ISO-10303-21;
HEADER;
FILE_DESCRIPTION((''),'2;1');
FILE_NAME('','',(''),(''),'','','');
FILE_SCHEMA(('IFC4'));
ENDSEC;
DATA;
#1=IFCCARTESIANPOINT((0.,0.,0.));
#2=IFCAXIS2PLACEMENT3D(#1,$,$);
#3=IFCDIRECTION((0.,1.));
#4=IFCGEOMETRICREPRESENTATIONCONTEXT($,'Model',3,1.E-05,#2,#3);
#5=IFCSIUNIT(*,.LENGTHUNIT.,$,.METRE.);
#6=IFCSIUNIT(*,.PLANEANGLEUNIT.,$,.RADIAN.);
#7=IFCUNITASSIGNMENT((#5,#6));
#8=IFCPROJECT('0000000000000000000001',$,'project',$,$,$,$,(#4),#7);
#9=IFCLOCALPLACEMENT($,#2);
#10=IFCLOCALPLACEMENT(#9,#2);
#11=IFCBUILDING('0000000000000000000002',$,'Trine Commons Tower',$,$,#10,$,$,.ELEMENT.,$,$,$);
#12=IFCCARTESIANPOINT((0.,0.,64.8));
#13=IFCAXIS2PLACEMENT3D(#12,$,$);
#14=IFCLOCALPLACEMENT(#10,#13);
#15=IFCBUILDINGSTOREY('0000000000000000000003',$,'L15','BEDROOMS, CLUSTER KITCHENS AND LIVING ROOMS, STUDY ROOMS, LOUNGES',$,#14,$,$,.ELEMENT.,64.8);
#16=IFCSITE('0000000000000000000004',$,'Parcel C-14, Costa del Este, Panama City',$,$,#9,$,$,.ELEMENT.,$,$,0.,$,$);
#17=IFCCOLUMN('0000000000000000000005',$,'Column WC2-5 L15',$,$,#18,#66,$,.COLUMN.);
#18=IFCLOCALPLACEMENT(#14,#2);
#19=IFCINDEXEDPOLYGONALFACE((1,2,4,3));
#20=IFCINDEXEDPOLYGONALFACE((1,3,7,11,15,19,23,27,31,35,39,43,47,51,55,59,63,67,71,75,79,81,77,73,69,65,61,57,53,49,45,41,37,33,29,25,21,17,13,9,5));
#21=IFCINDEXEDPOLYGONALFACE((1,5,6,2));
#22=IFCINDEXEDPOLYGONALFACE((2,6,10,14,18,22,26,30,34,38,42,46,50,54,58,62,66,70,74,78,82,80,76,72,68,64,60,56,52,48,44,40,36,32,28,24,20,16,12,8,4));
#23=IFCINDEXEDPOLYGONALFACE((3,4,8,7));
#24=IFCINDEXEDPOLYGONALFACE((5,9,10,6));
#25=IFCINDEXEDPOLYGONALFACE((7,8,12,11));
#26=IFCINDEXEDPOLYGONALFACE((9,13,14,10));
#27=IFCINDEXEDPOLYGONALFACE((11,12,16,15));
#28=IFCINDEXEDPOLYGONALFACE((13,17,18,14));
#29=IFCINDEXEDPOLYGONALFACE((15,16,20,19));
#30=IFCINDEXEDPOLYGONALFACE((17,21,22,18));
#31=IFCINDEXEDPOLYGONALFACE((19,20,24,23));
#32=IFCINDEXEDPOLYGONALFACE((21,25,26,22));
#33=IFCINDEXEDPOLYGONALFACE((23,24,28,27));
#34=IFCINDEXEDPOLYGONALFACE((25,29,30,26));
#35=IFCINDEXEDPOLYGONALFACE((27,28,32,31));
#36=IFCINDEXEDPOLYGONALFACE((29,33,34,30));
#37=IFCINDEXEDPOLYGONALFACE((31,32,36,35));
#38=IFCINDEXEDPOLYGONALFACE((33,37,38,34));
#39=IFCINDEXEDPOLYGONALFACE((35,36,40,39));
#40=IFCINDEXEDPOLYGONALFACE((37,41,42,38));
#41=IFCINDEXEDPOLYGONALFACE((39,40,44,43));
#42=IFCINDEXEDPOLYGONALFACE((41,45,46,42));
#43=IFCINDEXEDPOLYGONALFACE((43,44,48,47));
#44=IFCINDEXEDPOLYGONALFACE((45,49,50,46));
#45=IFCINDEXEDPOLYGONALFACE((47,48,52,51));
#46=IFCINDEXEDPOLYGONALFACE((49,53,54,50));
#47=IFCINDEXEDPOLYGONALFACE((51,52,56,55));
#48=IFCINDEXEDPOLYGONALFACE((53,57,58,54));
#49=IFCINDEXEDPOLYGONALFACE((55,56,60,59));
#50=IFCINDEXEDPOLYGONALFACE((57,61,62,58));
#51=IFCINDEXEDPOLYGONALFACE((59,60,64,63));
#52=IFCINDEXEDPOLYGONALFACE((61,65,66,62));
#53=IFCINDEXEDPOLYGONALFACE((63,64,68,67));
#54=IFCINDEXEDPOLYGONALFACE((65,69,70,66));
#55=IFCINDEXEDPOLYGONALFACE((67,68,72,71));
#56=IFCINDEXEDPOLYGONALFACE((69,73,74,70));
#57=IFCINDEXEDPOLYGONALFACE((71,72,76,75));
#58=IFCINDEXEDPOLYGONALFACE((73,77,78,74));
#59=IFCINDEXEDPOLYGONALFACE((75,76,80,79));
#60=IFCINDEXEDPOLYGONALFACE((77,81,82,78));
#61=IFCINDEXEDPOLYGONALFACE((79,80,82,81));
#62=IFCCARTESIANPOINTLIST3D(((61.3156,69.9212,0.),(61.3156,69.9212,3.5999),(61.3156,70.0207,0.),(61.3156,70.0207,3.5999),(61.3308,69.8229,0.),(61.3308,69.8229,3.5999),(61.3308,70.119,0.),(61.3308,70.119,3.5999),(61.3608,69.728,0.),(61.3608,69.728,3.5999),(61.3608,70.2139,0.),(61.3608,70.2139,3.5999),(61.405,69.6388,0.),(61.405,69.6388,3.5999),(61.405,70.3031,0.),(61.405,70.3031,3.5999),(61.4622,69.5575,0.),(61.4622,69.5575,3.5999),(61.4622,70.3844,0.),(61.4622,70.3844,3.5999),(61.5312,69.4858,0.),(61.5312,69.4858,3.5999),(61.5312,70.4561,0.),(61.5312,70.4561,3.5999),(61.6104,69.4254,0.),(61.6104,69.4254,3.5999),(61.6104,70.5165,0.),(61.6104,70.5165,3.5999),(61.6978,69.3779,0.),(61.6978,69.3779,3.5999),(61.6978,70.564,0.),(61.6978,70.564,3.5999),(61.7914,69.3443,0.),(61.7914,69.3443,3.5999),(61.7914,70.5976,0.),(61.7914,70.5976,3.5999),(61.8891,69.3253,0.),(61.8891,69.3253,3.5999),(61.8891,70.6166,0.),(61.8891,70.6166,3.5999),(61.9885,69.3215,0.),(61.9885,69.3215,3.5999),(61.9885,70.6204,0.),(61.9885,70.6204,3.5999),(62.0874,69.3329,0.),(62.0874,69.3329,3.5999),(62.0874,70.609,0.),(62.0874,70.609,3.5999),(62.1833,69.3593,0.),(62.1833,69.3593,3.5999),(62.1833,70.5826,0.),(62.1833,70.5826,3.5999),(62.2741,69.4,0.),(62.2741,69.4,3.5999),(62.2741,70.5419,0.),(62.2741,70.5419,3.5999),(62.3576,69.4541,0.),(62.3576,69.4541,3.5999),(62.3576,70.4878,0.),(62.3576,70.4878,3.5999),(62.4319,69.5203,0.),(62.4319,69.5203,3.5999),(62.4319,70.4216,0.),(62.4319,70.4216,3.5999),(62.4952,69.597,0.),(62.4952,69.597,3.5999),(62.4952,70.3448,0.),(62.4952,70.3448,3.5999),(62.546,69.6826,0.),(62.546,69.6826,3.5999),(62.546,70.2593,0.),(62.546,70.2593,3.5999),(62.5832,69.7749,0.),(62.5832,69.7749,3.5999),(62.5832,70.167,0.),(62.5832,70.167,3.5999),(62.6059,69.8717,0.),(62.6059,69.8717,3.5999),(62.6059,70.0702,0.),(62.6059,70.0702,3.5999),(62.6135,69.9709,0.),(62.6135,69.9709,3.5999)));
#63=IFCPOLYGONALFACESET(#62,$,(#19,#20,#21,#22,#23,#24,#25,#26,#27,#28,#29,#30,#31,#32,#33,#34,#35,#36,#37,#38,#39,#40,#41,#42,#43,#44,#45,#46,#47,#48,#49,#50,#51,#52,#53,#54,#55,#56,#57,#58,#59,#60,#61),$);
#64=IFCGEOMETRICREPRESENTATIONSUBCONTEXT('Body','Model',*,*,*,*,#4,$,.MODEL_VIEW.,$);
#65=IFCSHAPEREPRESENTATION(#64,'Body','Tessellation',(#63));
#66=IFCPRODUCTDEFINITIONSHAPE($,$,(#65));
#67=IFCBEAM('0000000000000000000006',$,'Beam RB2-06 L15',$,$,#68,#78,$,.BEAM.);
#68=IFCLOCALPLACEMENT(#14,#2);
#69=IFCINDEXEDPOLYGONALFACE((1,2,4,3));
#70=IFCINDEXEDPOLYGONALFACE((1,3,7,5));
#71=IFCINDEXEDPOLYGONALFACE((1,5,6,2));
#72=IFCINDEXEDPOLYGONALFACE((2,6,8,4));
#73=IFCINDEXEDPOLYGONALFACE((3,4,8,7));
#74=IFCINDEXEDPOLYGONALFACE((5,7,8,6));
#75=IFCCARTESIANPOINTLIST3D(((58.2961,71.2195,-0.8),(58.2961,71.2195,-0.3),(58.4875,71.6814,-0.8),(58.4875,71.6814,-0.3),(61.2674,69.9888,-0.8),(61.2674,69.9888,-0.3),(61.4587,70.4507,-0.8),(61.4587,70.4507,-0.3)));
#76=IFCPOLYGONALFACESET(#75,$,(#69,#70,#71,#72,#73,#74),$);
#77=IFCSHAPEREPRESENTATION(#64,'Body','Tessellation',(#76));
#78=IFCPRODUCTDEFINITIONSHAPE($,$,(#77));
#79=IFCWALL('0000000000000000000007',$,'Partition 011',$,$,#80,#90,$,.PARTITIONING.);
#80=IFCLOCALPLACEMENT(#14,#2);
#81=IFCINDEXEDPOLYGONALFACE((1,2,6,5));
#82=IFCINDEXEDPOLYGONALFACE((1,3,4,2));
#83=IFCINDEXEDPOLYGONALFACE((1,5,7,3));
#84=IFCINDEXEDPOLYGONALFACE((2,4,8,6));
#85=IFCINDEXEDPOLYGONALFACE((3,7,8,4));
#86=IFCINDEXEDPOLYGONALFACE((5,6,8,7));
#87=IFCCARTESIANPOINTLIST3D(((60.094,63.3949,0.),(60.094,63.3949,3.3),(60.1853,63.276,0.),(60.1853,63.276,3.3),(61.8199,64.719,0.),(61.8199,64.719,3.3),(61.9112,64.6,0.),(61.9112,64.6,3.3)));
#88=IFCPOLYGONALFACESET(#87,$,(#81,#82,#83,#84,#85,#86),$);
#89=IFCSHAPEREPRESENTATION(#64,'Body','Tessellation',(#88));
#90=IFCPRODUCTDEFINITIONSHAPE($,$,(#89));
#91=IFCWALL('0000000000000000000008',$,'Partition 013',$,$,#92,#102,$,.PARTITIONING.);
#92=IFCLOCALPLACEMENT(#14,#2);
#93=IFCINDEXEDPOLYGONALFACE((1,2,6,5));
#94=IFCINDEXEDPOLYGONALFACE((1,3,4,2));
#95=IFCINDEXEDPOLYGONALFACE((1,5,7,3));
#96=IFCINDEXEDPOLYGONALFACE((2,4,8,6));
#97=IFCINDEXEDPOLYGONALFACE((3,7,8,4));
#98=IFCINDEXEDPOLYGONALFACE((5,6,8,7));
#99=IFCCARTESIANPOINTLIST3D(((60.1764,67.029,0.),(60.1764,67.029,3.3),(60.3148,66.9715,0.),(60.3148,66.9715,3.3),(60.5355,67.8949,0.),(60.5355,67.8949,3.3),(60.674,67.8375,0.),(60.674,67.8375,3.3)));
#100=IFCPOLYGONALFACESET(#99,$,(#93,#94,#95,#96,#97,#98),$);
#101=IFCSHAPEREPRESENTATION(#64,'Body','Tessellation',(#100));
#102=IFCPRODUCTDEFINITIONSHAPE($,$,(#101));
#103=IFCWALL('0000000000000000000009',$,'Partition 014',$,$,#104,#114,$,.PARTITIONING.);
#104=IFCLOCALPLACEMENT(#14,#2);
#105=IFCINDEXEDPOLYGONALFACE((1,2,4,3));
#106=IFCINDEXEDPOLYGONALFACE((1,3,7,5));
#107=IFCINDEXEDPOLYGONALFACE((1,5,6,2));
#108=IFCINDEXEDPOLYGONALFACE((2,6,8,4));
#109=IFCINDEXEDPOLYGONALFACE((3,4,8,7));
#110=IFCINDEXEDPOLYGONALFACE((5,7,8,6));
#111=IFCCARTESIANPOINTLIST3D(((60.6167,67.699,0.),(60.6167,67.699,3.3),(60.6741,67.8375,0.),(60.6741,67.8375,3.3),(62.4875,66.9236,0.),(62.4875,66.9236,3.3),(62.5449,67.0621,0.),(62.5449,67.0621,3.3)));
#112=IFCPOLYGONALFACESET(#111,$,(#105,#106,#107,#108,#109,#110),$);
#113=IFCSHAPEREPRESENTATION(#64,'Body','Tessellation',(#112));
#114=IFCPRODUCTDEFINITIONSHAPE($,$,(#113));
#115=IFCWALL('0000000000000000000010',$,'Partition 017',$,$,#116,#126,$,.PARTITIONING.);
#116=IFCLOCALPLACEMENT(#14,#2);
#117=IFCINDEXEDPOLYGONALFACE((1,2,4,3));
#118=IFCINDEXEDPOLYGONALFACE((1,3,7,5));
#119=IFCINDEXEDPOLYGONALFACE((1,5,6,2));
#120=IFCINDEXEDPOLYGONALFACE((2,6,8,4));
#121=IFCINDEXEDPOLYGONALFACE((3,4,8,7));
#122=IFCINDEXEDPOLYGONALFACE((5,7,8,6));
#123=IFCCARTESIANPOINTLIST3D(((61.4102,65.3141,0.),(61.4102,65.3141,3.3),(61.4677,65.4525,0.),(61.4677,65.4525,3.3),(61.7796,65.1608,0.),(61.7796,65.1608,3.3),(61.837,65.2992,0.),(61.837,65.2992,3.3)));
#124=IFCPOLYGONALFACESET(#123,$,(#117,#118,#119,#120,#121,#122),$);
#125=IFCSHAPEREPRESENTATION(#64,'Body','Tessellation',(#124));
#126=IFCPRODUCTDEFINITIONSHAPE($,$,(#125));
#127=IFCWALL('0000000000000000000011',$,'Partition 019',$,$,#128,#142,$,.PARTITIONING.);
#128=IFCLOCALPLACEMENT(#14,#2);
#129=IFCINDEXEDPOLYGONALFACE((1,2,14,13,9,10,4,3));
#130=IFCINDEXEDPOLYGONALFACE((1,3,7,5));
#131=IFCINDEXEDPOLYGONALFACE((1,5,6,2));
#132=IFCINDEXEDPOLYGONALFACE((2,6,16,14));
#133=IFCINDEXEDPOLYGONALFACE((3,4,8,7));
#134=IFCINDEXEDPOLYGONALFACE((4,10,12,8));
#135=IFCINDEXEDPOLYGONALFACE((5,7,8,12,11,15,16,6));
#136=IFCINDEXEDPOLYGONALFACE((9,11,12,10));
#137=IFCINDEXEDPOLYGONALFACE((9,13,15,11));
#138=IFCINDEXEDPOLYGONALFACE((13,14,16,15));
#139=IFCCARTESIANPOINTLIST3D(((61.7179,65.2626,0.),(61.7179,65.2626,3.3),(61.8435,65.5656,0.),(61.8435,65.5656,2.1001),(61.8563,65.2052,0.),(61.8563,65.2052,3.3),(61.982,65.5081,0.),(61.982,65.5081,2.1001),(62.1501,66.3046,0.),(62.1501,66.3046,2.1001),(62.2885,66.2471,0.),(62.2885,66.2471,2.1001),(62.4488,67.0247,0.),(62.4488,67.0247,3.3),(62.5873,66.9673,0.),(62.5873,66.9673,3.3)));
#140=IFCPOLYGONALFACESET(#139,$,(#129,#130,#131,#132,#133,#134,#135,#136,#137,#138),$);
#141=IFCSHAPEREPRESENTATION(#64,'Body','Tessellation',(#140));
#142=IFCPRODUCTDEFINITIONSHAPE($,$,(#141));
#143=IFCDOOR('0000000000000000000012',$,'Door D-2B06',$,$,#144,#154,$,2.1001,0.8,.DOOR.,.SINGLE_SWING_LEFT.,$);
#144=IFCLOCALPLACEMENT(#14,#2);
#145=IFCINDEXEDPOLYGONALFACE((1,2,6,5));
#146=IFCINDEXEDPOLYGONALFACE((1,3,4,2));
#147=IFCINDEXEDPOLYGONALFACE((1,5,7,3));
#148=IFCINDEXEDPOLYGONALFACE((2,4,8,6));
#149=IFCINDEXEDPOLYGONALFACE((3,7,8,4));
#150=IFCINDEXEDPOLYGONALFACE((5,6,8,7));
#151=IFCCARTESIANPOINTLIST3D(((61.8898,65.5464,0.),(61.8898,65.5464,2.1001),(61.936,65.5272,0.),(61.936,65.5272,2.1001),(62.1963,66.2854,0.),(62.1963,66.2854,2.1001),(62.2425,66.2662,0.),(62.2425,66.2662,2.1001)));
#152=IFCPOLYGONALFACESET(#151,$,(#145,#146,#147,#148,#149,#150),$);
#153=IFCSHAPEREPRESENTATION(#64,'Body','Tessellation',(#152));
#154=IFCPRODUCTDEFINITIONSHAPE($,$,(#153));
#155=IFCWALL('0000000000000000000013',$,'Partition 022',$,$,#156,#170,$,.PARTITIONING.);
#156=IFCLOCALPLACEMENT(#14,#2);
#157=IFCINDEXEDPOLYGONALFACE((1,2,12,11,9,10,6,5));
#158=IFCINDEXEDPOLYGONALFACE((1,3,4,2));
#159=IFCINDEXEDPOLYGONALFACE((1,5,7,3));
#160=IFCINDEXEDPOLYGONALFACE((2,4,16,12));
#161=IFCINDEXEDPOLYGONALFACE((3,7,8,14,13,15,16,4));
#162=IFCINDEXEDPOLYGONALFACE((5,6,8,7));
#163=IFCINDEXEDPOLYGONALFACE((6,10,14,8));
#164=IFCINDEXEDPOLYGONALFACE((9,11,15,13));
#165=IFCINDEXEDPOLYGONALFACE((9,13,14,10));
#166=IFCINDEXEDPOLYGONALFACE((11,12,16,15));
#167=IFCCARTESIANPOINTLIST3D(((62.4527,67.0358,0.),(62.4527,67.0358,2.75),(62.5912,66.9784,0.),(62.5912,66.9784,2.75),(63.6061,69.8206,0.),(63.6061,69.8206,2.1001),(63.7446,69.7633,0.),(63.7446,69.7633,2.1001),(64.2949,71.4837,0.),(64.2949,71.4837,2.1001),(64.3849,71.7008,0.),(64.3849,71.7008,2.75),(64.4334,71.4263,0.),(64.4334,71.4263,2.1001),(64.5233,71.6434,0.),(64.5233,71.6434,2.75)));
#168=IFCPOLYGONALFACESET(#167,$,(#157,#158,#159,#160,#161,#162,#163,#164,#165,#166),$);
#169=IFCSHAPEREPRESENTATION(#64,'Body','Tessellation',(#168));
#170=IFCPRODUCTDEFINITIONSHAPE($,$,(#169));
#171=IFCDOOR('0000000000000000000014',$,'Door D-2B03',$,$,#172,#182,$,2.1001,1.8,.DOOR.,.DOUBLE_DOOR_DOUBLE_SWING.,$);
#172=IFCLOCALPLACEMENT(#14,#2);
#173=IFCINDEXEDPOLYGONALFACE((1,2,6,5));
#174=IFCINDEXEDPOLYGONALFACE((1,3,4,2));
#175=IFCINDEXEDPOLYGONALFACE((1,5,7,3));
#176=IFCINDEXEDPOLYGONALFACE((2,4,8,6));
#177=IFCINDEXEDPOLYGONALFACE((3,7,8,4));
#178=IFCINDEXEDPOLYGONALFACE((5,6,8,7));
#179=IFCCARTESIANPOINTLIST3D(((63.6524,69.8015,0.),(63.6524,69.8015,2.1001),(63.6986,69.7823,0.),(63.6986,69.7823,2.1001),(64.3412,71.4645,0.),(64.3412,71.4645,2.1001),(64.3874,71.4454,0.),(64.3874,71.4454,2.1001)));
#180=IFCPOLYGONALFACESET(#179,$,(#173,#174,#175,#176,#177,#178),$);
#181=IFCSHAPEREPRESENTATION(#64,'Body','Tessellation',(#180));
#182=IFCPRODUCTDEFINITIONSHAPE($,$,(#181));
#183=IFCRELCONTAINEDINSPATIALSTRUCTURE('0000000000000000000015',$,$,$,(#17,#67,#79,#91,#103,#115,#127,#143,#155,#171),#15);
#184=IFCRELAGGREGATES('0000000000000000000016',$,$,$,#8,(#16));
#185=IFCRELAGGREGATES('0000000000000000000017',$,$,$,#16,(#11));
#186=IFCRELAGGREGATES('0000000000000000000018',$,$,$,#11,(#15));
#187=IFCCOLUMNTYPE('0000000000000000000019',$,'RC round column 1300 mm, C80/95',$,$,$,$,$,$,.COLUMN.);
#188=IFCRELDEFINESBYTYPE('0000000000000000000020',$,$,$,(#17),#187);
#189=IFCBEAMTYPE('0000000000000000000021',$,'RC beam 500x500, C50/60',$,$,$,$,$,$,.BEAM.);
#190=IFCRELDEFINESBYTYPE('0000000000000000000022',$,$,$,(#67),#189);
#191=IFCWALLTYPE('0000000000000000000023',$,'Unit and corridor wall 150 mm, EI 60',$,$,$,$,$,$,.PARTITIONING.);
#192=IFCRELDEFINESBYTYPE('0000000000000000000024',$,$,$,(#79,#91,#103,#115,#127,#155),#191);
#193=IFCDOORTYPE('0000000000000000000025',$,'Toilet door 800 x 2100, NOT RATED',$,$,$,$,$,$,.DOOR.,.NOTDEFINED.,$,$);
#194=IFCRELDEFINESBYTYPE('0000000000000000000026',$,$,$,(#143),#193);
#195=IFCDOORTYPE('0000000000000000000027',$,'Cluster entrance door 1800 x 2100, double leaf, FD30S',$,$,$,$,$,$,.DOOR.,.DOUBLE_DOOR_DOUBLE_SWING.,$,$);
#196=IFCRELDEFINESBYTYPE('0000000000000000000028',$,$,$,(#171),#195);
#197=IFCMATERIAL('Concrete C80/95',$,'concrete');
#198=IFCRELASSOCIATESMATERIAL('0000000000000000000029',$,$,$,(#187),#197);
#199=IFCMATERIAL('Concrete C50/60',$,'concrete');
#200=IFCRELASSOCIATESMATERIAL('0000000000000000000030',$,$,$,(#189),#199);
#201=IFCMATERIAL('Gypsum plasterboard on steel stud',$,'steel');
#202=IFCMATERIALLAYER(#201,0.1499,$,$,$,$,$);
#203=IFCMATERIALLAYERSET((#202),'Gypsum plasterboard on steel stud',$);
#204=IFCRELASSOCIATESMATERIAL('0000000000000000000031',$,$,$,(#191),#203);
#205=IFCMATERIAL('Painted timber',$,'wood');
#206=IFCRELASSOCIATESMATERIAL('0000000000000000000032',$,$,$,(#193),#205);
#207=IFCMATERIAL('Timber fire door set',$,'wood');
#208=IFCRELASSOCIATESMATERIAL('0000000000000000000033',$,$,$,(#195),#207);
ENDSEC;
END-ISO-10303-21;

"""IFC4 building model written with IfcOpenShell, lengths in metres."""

from ifc_helpers import new_model, si_unit, direction, frame, frame_2d, origin, origin_2d, place, context, subcontext, project, spatial, rectangle, circle, extrude, material, layer, layer_set, material_profile, profile_set, type_object, element, fill, save


model = new_model("IFC4")

# Units and contexts
model_context = context("Model", 3, precision=1e-05, world=origin(), true_north=direction((0.0, 1.0)))
body_context = subcontext(model_context, "Body", "Model", "MODEL_VIEW")
ifc_project = project(units=[si_unit("LENGTHUNIT", "METRE"), si_unit("PLANEANGLEUNIT", "RADIAN")], contexts=[model_context])

# Site, building, storey
site_placement = place(None, origin())
site = spatial("IfcSite", under=ifc_project, at=site_placement, Name="Parcel C-14, Costa del Este, Panama City", CompositionType="ELEMENT", RefElevation=0.0)
building_placement = place(site_placement, origin())
building = spatial("IfcBuilding", under=site, at=building_placement, Name="Trine Commons Tower", CompositionType="ELEMENT")
storey_placement = place(building_placement, frame((0.0, 0.0, 64.8)))
storey = spatial("IfcBuildingStorey", under=building, at=storey_placement, Name="L15", Description="BEDROOMS, CLUSTER KITCHENS AND LIVING ROOMS, STUDY ROOMS, LOUNGES", CompositionType="ELEMENT", Elevation=64.8)

# Column
ifc_material_1 = material(Name="Concrete C80/95", Category="concrete")
ifc_material_profile_1 = material_profile(ifc_material_1, circle(Radius=0.6499, at=origin_2d()), Name="RC round 1300")
ifc_profile_set_1 = profile_set([ifc_material_profile_1], Name="Concrete C80/95")
column_type = type_object("IfcColumnType", Name="RC round column 1300 mm, C80/95", PredefinedType="COLUMN", material=ifc_profile_set_1)
column_placement = place(storey_placement, frame((61.9636, 69.9709, 0.0), z_axis=(0.0, 0.0, 1.0), x_axis=(1.0, 0.0, 0.0)))
element("IfcColumn", 1, at=column_placement, inside=storey, type_object=column_type, Name="Column WC2-5 L15", PredefinedType="COLUMN", context=body_context, shape_type="SweptSolid", body=[
    extrude(circle(Radius=0.6499, at=origin_2d()), origin(), (0.0, 0.0, 1.0), 3.5999),
])

# Beam
ifc_material_2 = material(Name="Concrete C50/60", Category="concrete")
ifc_material_profile_2 = material_profile(ifc_material_2, rectangle(XDim=0.5, YDim=0.5, at=origin_2d()), Name="RC 500x500")
ifc_profile_set_2 = profile_set([ifc_material_profile_2], Name="Concrete C50/60")
beam_type = type_object("IfcBeamType", Name="RC beam 500x500, C50/60", PredefinedType="BEAM", material=ifc_profile_set_2)
beam_placement = place(storey_placement, frame((61.363, 70.2197, -0.55), z_axis=(-0.923879, 0.382685, 0.0), x_axis=(-0.382685, -0.923879, 0.0)))
element("IfcBeam", 2, at=beam_placement, inside=storey, type_object=beam_type, Name="Beam RB2-06 L15", PredefinedType="BEAM", context=body_context, shape_type="SweptSolid", body=[
    extrude(rectangle(XDim=0.5, YDim=0.5, at=origin_2d()), origin(), (0.0, 0.0, 1.0), 3.2161),
])

# Walls
ifc_material_3 = material(Name="Gypsum plasterboard on steel stud", Category="steel")
ifc_layer_1 = layer(ifc_material_3, 0.1499)
ifc_layer_set_1 = layer_set([ifc_layer_1], Name="Gypsum plasterboard on steel stud")
wall_type_1 = type_object("IfcWallType", Name="Unit and corridor wall 150 mm, EI 60", PredefinedType="PARTITIONING", material=ifc_layer_set_1)
wall_1_placement = place(storey_placement, frame((60.1396, 63.3354, 0.0), z_axis=(0.0, 0.0, 1.0), x_axis=(0.79342, 0.608674, 0.0)))
element("IfcWall", 3, at=wall_1_placement, inside=storey, type_object=wall_type_1, Name="Partition 011", PredefinedType="PARTITIONING", context=body_context, shape_type="SweptSolid", body=[
    extrude(rectangle(XDim=2.1753, YDim=0.1499, at=frame_2d((1.0876, 0.0))), origin(), (0.0, 0.0, 1.0), 3.3),
])
wall_2_placement = place(storey_placement, frame((60.2456, 67.0002, 0.0), z_axis=(0.0, 0.0, 1.0), x_axis=(0.38308, 0.923715, 0.0)))
element("IfcWall", 4, at=wall_2_placement, inside=storey, type_object=wall_type_1, Name="Partition 013", PredefinedType="PARTITIONING", context=body_context, shape_type="SweptSolid", body=[
    extrude(rectangle(XDim=0.9375, YDim=0.1499, at=frame_2d((0.4688, 0.0))), origin(), (0.0, 0.0, 1.0), 3.3),
])
wall_3_placement = place(storey_placement, frame((60.6453, 67.7683, 0.0), z_axis=(0.0, 0.0, 1.0), x_axis=(0.923799, -0.382877, 0.0)))
element("IfcWall", 5, at=wall_3_placement, inside=storey, type_object=wall_type_1, Name="Partition 014", PredefinedType="PARTITIONING", context=body_context, shape_type="SweptSolid", body=[
    extrude(rectangle(XDim=2.0251, YDim=0.1499, at=frame_2d((1.0127, 0.0))), origin(), (0.0, 0.0, 1.0), 3.3),
])
wall_4_placement = place(storey_placement, frame((61.439, 65.3833, 0.0), z_axis=(0.0, 0.0, 1.0), x_axis=(0.9236, -0.383358, 0.0)))
element("IfcWall", 6, at=wall_4_placement, inside=storey, type_object=wall_type_1, Name="Partition 017", PredefinedType="PARTITIONING", context=body_context, shape_type="SweptSolid", body=[
    extrude(rectangle(XDim=0.3999, YDim=0.1499, at=frame_2d((0.2, 0.0))), origin(), (0.0, 0.0, 1.0), 3.3),
])

# Walls, openings, doors
wall_5_placement = place(storey_placement, frame((61.7871, 65.2339, 0.0), z_axis=(0.0, 0.0, 1.0), x_axis=(0.383143, 0.923689, 0.0)))
wall_5 = element("IfcWall", 7, at=wall_5_placement, inside=storey, type_object=wall_type_1, Name="Partition 019", PredefinedType="PARTITIONING", context=body_context, shape_type="SweptSolid", body=[
    extrude(rectangle(XDim=1.9077, YDim=0.1499, at=frame_2d((0.9539, 0.0))), origin(), (0.0, 0.0, 1.0), 3.3),
])
opening_1_placement = place(wall_5_placement, frame((0.3281, 0.0, 0.0)))
opening_1 = element("IfcOpeningElement", 8, at=opening_1_placement, cuts=wall_5, PredefinedType="OPENING", context=body_context, shape_type="SweptSolid", body=[
    extrude(rectangle(XDim=0.8, YDim=2.1001, at=frame_2d((0.3999, 1.05))), frame((0.0, 0.085, 0.0), z_axis=(0.0, -1.0, 0.0), x_axis=(1.0, 0.0, 0.0)), (0.0, 0.0, 1.0), 0.1699),
])
ifc_material_4 = material(Name="Painted timber", Category="wood")
door_type_1 = type_object("IfcDoorType", Name="Toilet door 800 x 2100, NOT RATED", OperationType="NOTDEFINED", PredefinedType="DOOR", material=ifc_material_4)
door_1_placement = place(opening_1_placement, origin())
door_1 = element("IfcDoor", 9, at=door_1_placement, inside=storey, type_object=door_type_1, Name="Door D-2B06", OperationType="SINGLE_SWING_LEFT", OverallHeight=2.1001, OverallWidth=0.8, PredefinedType="DOOR", context=body_context, shape_type="SweptSolid", body=[
    extrude(rectangle(XDim=0.8, YDim=2.1001, at=frame_2d((0.3999, 1.05))), frame((0.0, 0.0249, 0.0), z_axis=(0.0, -1.0, 0.0), x_axis=(1.0, 0.0, 0.0)), (0.0, 0.0, 1.0), 0.05),
])
fill(opening_1, door_1)
wall_6_placement = place(storey_placement, frame((62.522, 67.0071, 0.0), z_axis=(0.0, 0.0, 1.0), x_axis=(0.382651, 0.923893, 0.0)))
wall_6 = element("IfcWall", 10, at=wall_6_placement, inside=storey, type_object=wall_type_1, Name="Partition 022", PredefinedType="PARTITIONING", context=body_context, shape_type="SweptSolid", body=[
    extrude(rectangle(XDim=5.0493, YDim=0.1499, at=frame_2d((2.5247, 0.0))), origin(), (0.0, 0.0, 1.0), 2.75),
])
opening_2_placement = place(wall_6_placement, frame((3.0144, 0.0, 0.0)))
opening_2 = element("IfcOpeningElement", 11, at=opening_2_placement, cuts=wall_6, PredefinedType="OPENING", context=body_context, shape_type="SweptSolid", body=[
    extrude(rectangle(XDim=1.8, YDim=2.1001, at=frame_2d((0.8999, 1.05))), frame((0.0, 0.085, 0.0), z_axis=(0.0, -1.0, 0.0), x_axis=(1.0, 0.0, 0.0)), (0.0, 0.0, 1.0), 0.1699),
])
ifc_material_5 = material(Name="Timber fire door set", Category="wood")
door_type_2 = type_object("IfcDoorType", Name="Cluster entrance door 1800 x 2100, double leaf, FD30S", OperationType="DOUBLE_DOOR_DOUBLE_SWING", PredefinedType="DOOR", material=ifc_material_5)
door_2_placement = place(opening_2_placement, origin())
door_2 = element("IfcDoor", 12, at=door_2_placement, inside=storey, type_object=door_type_2, Name="Door D-2B03", OperationType="DOUBLE_DOOR_DOUBLE_SWING", OverallHeight=2.1001, OverallWidth=1.8, PredefinedType="DOOR", context=body_context, shape_type="SweptSolid", body=[
    extrude(rectangle(XDim=1.8, YDim=2.1001, at=frame_2d((0.8999, 1.05))), frame((0.0, 0.0249, 0.0), z_axis=(0.0, -1.0, 0.0), x_axis=(1.0, 0.0, 0.0)), (0.0, 0.0, 1.0), 0.05),
])
fill(opening_2, door_2)

save(model, "model.ifc")
